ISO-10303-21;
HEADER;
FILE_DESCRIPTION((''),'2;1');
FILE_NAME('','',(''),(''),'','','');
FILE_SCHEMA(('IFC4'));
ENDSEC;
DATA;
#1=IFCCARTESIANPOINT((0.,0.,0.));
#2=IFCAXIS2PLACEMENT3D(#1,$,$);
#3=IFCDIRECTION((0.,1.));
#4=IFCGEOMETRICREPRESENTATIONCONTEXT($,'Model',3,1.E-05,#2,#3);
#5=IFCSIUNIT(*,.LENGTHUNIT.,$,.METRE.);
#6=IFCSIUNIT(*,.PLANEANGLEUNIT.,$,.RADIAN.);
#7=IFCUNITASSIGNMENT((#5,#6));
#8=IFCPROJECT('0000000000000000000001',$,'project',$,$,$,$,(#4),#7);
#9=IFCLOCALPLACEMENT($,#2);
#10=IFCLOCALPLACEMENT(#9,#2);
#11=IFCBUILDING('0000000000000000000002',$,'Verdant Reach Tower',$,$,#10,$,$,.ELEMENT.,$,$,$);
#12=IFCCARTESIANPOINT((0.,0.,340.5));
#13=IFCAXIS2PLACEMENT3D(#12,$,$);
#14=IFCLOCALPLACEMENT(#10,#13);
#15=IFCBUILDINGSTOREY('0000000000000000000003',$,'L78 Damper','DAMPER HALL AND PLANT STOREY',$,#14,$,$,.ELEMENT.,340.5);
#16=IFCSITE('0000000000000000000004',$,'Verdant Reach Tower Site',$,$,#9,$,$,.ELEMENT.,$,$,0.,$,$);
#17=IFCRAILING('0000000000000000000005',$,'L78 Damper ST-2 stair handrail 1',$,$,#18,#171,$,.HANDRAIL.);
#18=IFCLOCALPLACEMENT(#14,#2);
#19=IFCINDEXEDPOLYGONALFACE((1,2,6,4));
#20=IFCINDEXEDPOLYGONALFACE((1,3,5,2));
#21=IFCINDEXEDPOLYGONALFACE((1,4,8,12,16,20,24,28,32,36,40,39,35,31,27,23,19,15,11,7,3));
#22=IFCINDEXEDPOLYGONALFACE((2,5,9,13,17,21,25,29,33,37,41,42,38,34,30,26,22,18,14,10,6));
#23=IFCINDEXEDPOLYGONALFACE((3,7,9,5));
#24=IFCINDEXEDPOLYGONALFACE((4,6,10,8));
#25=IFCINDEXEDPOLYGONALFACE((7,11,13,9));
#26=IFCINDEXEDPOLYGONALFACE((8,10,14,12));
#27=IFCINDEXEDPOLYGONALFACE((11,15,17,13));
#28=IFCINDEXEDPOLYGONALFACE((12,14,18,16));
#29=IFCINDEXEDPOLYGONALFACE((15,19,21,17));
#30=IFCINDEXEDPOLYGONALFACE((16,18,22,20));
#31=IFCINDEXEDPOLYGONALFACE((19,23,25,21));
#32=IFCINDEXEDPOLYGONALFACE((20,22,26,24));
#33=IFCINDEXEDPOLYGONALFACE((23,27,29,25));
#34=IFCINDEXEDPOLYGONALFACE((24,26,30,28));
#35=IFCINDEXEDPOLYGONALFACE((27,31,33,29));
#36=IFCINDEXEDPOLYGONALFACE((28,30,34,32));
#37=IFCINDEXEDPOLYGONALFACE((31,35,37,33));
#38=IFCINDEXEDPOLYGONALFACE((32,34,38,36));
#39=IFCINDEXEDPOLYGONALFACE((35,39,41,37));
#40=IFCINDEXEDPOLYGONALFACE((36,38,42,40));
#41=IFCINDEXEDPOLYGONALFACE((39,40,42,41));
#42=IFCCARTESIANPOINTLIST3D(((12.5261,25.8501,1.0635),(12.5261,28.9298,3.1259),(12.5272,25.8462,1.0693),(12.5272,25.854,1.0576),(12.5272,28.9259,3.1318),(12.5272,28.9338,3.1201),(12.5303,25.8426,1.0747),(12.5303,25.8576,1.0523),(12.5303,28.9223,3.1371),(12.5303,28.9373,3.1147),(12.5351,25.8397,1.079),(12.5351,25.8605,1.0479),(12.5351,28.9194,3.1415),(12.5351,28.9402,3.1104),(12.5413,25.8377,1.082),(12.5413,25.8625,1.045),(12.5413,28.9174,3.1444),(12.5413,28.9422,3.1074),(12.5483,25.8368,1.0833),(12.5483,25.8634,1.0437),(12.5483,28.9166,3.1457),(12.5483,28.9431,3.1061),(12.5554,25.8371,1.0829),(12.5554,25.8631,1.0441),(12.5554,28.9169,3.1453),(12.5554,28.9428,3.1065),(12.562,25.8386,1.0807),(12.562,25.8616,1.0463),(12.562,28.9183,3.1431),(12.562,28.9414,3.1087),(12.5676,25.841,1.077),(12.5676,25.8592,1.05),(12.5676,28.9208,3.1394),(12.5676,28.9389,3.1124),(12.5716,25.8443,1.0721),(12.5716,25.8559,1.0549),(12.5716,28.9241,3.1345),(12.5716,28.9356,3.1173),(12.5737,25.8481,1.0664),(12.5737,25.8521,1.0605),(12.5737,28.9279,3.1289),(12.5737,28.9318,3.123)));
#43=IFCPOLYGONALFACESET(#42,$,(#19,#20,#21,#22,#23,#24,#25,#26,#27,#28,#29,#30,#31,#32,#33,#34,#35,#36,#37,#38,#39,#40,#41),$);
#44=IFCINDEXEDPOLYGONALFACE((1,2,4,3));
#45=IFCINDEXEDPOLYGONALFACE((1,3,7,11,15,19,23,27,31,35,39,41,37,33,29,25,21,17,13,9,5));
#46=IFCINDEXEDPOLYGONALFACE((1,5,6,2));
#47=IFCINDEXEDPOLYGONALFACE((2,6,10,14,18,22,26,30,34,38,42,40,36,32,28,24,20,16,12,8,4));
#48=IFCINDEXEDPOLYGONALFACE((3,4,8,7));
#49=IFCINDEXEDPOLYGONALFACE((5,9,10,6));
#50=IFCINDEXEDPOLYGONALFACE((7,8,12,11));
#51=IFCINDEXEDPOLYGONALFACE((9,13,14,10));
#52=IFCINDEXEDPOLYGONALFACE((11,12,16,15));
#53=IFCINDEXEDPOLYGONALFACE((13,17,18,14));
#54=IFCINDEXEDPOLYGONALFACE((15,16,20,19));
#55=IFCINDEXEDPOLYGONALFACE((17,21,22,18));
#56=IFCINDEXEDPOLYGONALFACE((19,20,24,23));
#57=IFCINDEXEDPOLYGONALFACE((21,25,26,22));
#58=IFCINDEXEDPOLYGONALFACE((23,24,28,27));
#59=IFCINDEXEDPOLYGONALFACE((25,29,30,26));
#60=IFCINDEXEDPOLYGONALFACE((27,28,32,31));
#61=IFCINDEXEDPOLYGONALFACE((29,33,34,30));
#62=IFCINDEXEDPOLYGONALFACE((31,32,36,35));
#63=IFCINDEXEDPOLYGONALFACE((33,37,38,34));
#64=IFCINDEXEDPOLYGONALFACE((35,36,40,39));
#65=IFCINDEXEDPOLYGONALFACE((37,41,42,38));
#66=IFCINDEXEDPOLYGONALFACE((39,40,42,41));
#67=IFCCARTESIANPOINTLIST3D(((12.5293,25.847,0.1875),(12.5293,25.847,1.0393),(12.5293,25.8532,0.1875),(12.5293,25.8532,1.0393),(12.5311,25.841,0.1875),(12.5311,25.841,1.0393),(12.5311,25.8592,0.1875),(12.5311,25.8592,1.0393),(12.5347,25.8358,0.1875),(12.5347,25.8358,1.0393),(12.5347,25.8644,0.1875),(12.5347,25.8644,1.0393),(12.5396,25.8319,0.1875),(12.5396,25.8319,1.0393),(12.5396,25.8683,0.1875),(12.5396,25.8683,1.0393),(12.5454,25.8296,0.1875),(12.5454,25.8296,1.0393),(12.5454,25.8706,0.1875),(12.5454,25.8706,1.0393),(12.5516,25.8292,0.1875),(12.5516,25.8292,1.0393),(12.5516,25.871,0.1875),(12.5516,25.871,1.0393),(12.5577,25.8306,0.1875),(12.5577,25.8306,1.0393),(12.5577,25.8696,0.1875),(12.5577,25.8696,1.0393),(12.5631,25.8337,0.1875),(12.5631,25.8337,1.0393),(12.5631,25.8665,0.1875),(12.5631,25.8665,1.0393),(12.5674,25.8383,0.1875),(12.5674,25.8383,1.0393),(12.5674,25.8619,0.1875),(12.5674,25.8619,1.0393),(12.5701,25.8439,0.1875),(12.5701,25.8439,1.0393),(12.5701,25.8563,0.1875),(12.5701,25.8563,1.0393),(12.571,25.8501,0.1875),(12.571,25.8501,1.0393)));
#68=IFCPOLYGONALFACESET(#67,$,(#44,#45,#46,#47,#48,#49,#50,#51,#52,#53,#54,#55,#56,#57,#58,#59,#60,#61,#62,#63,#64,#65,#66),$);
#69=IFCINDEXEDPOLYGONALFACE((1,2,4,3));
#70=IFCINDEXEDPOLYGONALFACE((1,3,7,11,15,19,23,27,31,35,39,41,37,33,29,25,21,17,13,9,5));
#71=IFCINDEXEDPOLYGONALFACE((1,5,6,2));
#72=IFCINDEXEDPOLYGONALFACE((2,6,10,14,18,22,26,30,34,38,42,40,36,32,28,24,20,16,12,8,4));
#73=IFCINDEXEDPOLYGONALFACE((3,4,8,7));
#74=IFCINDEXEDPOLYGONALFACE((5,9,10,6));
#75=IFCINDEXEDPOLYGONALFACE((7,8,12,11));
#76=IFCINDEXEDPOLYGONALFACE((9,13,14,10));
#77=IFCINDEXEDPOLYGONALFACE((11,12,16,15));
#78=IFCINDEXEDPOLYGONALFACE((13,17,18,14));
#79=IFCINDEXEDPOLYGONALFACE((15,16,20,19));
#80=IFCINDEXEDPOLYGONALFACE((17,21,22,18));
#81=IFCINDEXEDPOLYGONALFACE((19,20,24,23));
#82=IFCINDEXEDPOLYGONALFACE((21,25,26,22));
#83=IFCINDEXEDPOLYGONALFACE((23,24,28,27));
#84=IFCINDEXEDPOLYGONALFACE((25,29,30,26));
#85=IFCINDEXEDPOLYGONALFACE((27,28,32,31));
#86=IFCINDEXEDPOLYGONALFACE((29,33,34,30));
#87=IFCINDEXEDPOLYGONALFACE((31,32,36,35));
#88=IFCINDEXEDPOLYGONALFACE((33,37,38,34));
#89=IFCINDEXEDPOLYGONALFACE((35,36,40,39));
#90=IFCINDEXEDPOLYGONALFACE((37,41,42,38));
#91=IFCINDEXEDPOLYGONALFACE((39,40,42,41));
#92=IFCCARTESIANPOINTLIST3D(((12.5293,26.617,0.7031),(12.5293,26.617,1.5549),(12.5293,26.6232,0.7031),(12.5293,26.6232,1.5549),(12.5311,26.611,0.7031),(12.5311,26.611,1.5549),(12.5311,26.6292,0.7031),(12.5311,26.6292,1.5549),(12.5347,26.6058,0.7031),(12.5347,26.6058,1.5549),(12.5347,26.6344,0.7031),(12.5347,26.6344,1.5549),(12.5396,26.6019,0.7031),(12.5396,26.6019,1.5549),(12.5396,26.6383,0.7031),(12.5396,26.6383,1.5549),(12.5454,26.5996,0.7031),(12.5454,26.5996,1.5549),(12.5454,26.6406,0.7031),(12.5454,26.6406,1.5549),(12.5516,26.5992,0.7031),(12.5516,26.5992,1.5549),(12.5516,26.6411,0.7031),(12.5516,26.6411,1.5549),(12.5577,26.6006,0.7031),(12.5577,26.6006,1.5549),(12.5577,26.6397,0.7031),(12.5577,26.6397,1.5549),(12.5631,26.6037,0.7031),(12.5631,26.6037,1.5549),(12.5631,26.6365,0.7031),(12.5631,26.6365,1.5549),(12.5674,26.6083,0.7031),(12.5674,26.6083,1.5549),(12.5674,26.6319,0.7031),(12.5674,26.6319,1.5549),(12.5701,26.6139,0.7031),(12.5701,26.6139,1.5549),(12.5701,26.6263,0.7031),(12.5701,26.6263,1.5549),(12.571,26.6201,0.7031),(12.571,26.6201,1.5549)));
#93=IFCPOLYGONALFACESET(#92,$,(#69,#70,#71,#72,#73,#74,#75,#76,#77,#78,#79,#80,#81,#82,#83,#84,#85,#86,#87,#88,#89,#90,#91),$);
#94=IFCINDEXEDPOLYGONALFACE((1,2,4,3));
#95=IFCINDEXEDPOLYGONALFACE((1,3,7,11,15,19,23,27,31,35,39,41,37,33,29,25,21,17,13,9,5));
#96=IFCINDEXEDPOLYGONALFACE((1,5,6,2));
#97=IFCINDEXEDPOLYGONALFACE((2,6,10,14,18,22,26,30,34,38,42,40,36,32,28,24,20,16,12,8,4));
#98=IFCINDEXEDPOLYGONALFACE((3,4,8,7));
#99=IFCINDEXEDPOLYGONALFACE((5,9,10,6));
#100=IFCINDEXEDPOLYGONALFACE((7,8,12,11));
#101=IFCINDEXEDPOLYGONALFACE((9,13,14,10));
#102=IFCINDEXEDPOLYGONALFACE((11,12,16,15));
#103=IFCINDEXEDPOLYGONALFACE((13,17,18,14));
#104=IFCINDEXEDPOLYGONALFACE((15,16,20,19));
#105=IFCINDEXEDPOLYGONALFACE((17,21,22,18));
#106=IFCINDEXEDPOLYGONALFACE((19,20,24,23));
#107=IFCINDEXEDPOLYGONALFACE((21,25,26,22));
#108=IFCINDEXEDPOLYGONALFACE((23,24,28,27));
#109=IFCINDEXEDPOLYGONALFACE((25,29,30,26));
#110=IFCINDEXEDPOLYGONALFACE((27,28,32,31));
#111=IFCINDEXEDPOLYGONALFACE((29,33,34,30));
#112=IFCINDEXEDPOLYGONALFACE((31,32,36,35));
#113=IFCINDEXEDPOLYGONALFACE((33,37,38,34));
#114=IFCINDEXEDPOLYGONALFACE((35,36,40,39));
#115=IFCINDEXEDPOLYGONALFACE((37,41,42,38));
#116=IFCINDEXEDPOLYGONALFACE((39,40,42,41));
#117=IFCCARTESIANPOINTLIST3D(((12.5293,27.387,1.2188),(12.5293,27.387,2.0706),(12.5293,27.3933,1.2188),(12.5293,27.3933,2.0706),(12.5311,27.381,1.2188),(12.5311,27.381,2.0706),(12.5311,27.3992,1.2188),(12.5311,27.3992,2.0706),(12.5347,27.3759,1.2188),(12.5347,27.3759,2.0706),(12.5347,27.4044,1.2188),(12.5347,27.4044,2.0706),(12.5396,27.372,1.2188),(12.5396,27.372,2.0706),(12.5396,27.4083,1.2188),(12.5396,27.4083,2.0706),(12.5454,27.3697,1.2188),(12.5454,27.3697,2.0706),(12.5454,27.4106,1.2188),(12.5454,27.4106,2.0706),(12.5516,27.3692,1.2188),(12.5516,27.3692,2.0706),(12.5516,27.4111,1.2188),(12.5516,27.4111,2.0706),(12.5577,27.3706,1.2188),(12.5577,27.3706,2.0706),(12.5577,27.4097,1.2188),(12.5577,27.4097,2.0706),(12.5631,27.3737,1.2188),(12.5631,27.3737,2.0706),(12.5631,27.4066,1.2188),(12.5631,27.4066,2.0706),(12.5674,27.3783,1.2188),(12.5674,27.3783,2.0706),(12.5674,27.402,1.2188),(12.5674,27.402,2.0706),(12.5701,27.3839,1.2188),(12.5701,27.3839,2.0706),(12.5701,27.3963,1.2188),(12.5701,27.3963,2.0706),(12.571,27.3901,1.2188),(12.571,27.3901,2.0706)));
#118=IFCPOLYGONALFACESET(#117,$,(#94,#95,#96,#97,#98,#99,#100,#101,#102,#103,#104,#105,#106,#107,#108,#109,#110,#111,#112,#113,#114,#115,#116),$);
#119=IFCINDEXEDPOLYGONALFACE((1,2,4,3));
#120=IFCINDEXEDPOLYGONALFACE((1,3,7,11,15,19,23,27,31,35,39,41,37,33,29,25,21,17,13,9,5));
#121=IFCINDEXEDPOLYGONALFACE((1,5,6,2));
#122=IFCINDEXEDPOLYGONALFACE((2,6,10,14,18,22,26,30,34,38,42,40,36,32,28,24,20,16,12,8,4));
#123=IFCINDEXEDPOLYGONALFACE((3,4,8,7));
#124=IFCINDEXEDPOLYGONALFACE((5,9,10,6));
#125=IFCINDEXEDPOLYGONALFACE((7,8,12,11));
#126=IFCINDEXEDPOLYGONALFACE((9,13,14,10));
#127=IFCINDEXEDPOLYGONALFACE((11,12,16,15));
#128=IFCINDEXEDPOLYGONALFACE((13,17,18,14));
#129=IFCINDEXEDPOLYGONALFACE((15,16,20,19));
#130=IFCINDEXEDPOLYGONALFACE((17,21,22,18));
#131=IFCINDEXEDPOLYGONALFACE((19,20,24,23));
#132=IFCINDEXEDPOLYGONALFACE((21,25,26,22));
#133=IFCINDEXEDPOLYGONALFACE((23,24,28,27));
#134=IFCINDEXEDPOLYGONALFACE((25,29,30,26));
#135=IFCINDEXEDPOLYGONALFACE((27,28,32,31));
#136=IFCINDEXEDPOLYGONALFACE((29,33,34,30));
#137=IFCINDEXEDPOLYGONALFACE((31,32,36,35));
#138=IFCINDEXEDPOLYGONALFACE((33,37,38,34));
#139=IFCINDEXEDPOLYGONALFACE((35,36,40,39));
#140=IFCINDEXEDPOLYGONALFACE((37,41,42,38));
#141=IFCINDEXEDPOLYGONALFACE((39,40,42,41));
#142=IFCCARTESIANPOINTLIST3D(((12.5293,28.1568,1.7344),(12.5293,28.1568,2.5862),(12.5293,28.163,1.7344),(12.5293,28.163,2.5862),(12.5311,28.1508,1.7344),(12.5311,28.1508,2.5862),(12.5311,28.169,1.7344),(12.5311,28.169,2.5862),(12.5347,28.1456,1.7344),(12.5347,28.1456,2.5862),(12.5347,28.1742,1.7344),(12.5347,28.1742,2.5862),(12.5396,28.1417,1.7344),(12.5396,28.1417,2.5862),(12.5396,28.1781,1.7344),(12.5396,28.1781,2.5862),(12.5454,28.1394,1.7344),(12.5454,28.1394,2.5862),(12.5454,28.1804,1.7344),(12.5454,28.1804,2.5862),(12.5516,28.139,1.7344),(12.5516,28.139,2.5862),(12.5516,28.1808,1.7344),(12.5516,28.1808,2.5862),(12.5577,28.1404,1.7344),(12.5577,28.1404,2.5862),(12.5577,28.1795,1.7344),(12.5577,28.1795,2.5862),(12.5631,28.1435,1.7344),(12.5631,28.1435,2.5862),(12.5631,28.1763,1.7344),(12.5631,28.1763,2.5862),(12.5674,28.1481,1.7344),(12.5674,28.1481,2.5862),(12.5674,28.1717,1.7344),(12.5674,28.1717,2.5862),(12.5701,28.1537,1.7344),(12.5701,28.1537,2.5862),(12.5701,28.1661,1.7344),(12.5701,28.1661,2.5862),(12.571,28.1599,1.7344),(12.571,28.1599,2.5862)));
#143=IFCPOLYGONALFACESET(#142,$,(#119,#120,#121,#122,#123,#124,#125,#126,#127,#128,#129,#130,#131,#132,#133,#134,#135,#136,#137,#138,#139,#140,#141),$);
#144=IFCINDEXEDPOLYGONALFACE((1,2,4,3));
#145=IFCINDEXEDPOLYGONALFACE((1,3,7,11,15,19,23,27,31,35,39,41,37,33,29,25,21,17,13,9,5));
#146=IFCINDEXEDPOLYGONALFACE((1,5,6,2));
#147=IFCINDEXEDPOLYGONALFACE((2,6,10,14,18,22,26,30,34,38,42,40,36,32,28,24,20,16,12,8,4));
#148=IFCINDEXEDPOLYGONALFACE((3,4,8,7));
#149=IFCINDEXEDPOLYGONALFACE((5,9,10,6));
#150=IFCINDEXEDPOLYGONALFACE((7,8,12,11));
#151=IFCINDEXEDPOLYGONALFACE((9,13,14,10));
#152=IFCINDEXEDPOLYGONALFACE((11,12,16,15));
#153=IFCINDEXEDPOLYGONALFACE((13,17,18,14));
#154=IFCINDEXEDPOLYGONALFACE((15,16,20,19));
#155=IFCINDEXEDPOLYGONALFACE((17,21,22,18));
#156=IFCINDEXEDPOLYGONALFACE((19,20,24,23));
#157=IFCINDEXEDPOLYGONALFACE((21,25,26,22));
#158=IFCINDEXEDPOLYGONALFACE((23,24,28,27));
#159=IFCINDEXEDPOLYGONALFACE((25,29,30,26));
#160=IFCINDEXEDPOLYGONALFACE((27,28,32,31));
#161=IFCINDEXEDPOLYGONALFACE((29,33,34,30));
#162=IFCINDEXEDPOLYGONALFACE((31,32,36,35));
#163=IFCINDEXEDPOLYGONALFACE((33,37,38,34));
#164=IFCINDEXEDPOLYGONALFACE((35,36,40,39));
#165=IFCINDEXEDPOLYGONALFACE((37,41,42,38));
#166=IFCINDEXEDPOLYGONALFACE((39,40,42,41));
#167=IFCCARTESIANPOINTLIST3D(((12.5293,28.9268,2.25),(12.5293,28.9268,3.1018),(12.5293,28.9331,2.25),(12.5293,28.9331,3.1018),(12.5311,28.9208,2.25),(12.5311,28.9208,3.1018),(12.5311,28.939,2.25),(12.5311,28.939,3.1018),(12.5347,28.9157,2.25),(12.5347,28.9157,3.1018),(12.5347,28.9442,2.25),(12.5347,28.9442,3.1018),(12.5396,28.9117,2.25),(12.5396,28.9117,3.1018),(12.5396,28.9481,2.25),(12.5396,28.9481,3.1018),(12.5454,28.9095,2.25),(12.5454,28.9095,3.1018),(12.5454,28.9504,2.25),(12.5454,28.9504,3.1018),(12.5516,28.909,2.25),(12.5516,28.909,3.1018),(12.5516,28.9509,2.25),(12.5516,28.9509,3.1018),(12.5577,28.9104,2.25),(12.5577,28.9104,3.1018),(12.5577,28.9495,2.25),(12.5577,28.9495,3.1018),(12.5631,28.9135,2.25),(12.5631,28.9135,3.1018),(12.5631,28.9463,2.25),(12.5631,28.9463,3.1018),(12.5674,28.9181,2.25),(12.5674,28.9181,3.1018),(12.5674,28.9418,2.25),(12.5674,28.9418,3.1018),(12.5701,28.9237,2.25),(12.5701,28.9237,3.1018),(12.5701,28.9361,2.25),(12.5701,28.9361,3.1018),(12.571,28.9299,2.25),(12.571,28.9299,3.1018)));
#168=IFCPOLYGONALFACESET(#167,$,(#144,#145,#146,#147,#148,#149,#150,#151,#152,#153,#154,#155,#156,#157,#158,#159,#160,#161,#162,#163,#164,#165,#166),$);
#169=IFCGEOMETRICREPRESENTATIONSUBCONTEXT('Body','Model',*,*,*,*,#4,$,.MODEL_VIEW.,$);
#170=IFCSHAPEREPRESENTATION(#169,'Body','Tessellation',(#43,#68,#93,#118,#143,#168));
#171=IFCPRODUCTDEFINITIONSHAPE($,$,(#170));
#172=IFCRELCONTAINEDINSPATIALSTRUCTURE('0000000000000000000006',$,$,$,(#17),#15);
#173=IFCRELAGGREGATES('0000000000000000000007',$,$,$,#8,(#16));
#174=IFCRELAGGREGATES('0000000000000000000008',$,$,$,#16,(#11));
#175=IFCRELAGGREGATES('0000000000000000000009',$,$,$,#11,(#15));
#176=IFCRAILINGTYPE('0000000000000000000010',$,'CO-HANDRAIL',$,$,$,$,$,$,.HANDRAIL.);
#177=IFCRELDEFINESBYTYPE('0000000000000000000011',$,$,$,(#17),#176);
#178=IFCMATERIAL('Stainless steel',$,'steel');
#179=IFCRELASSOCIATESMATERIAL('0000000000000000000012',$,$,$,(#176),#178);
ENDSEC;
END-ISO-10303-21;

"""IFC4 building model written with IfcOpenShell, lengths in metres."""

from ifc_helpers import new_model, si_unit, direction, frame, origin, origin_2d, place, context, subcontext, project, spatial, circle, extrude, material, type_object, element, save


model = new_model("IFC4")

# Units and contexts
model_context = context("Model", 3, precision=1e-05, world=origin(), true_north=direction((0.0, 1.0)))
body_context = subcontext(model_context, "Body", "Model", "MODEL_VIEW")
ifc_project = project(units=[si_unit("LENGTHUNIT", "METRE"), si_unit("PLANEANGLEUNIT", "RADIAN")], contexts=[model_context])

# Site, building, storey
site_placement = place(None, origin())
site = spatial("IfcSite", under=ifc_project, at=site_placement, Name="Verdant Reach Tower Site", CompositionType="ELEMENT", RefElevation=0.0)
building_placement = place(site_placement, origin())
building = spatial("IfcBuilding", under=site, at=building_placement, Name="Verdant Reach Tower", CompositionType="ELEMENT")
storey_placement = place(building_placement, frame((0.0, 0.0, 340.5)))
storey = spatial("IfcBuildingStorey", under=building, at=storey_placement, Name="L78 Damper", Description="DAMPER HALL AND PLANT STOREY", CompositionType="ELEMENT", Elevation=340.5)

# Railing
ifc_material_1 = material(Name="Stainless steel", Category="steel")
railing_type = type_object("IfcRailingType", Name="CO-HANDRAIL", PredefinedType="HANDRAIL", material=ifc_material_1)
railing_1_placement = place(storey_placement, frame((12.55, 25.8501, 0.1875)))
element("IfcRailing", 1, at=railing_1_placement, inside=storey, type_object=railing_type, Name="L78 Damper ST-2 stair handrail 1", PredefinedType="HANDRAIL", context=body_context, shape_type="SweptSolid", body=[
    extrude(circle(Radius=0.0239, at=origin_2d()), frame((0.0, 0.0, 0.876), z_axis=(0.0, 0.830893, 0.556432), x_axis=(-1.0, 0.0, 0.0)), (0.0, 0.0, 1.0), 3.7065),
    extrude(circle(Radius=0.021, at=origin_2d()), origin(), (0.0, 0.0, 1.0), 0.8518),
    extrude(circle(Radius=0.021, at=origin_2d()), frame((0.0, 0.77, 0.5156)), (0.0, 0.0, 1.0), 0.8518),
    extrude(circle(Radius=0.021, at=origin_2d()), frame((0.0, 1.54, 1.0312)), (0.0, 0.0, 1.0), 0.8518),
    extrude(circle(Radius=0.021, at=origin_2d()), frame((0.0, 2.3098, 1.5469)), (0.0, 0.0, 1.0), 0.8518),
    extrude(circle(Radius=0.021, at=origin_2d()), frame((0.0, 3.0798, 2.0625)), (0.0, 0.0, 1.0), 0.8518),
])

save(model, "model.ifc")
